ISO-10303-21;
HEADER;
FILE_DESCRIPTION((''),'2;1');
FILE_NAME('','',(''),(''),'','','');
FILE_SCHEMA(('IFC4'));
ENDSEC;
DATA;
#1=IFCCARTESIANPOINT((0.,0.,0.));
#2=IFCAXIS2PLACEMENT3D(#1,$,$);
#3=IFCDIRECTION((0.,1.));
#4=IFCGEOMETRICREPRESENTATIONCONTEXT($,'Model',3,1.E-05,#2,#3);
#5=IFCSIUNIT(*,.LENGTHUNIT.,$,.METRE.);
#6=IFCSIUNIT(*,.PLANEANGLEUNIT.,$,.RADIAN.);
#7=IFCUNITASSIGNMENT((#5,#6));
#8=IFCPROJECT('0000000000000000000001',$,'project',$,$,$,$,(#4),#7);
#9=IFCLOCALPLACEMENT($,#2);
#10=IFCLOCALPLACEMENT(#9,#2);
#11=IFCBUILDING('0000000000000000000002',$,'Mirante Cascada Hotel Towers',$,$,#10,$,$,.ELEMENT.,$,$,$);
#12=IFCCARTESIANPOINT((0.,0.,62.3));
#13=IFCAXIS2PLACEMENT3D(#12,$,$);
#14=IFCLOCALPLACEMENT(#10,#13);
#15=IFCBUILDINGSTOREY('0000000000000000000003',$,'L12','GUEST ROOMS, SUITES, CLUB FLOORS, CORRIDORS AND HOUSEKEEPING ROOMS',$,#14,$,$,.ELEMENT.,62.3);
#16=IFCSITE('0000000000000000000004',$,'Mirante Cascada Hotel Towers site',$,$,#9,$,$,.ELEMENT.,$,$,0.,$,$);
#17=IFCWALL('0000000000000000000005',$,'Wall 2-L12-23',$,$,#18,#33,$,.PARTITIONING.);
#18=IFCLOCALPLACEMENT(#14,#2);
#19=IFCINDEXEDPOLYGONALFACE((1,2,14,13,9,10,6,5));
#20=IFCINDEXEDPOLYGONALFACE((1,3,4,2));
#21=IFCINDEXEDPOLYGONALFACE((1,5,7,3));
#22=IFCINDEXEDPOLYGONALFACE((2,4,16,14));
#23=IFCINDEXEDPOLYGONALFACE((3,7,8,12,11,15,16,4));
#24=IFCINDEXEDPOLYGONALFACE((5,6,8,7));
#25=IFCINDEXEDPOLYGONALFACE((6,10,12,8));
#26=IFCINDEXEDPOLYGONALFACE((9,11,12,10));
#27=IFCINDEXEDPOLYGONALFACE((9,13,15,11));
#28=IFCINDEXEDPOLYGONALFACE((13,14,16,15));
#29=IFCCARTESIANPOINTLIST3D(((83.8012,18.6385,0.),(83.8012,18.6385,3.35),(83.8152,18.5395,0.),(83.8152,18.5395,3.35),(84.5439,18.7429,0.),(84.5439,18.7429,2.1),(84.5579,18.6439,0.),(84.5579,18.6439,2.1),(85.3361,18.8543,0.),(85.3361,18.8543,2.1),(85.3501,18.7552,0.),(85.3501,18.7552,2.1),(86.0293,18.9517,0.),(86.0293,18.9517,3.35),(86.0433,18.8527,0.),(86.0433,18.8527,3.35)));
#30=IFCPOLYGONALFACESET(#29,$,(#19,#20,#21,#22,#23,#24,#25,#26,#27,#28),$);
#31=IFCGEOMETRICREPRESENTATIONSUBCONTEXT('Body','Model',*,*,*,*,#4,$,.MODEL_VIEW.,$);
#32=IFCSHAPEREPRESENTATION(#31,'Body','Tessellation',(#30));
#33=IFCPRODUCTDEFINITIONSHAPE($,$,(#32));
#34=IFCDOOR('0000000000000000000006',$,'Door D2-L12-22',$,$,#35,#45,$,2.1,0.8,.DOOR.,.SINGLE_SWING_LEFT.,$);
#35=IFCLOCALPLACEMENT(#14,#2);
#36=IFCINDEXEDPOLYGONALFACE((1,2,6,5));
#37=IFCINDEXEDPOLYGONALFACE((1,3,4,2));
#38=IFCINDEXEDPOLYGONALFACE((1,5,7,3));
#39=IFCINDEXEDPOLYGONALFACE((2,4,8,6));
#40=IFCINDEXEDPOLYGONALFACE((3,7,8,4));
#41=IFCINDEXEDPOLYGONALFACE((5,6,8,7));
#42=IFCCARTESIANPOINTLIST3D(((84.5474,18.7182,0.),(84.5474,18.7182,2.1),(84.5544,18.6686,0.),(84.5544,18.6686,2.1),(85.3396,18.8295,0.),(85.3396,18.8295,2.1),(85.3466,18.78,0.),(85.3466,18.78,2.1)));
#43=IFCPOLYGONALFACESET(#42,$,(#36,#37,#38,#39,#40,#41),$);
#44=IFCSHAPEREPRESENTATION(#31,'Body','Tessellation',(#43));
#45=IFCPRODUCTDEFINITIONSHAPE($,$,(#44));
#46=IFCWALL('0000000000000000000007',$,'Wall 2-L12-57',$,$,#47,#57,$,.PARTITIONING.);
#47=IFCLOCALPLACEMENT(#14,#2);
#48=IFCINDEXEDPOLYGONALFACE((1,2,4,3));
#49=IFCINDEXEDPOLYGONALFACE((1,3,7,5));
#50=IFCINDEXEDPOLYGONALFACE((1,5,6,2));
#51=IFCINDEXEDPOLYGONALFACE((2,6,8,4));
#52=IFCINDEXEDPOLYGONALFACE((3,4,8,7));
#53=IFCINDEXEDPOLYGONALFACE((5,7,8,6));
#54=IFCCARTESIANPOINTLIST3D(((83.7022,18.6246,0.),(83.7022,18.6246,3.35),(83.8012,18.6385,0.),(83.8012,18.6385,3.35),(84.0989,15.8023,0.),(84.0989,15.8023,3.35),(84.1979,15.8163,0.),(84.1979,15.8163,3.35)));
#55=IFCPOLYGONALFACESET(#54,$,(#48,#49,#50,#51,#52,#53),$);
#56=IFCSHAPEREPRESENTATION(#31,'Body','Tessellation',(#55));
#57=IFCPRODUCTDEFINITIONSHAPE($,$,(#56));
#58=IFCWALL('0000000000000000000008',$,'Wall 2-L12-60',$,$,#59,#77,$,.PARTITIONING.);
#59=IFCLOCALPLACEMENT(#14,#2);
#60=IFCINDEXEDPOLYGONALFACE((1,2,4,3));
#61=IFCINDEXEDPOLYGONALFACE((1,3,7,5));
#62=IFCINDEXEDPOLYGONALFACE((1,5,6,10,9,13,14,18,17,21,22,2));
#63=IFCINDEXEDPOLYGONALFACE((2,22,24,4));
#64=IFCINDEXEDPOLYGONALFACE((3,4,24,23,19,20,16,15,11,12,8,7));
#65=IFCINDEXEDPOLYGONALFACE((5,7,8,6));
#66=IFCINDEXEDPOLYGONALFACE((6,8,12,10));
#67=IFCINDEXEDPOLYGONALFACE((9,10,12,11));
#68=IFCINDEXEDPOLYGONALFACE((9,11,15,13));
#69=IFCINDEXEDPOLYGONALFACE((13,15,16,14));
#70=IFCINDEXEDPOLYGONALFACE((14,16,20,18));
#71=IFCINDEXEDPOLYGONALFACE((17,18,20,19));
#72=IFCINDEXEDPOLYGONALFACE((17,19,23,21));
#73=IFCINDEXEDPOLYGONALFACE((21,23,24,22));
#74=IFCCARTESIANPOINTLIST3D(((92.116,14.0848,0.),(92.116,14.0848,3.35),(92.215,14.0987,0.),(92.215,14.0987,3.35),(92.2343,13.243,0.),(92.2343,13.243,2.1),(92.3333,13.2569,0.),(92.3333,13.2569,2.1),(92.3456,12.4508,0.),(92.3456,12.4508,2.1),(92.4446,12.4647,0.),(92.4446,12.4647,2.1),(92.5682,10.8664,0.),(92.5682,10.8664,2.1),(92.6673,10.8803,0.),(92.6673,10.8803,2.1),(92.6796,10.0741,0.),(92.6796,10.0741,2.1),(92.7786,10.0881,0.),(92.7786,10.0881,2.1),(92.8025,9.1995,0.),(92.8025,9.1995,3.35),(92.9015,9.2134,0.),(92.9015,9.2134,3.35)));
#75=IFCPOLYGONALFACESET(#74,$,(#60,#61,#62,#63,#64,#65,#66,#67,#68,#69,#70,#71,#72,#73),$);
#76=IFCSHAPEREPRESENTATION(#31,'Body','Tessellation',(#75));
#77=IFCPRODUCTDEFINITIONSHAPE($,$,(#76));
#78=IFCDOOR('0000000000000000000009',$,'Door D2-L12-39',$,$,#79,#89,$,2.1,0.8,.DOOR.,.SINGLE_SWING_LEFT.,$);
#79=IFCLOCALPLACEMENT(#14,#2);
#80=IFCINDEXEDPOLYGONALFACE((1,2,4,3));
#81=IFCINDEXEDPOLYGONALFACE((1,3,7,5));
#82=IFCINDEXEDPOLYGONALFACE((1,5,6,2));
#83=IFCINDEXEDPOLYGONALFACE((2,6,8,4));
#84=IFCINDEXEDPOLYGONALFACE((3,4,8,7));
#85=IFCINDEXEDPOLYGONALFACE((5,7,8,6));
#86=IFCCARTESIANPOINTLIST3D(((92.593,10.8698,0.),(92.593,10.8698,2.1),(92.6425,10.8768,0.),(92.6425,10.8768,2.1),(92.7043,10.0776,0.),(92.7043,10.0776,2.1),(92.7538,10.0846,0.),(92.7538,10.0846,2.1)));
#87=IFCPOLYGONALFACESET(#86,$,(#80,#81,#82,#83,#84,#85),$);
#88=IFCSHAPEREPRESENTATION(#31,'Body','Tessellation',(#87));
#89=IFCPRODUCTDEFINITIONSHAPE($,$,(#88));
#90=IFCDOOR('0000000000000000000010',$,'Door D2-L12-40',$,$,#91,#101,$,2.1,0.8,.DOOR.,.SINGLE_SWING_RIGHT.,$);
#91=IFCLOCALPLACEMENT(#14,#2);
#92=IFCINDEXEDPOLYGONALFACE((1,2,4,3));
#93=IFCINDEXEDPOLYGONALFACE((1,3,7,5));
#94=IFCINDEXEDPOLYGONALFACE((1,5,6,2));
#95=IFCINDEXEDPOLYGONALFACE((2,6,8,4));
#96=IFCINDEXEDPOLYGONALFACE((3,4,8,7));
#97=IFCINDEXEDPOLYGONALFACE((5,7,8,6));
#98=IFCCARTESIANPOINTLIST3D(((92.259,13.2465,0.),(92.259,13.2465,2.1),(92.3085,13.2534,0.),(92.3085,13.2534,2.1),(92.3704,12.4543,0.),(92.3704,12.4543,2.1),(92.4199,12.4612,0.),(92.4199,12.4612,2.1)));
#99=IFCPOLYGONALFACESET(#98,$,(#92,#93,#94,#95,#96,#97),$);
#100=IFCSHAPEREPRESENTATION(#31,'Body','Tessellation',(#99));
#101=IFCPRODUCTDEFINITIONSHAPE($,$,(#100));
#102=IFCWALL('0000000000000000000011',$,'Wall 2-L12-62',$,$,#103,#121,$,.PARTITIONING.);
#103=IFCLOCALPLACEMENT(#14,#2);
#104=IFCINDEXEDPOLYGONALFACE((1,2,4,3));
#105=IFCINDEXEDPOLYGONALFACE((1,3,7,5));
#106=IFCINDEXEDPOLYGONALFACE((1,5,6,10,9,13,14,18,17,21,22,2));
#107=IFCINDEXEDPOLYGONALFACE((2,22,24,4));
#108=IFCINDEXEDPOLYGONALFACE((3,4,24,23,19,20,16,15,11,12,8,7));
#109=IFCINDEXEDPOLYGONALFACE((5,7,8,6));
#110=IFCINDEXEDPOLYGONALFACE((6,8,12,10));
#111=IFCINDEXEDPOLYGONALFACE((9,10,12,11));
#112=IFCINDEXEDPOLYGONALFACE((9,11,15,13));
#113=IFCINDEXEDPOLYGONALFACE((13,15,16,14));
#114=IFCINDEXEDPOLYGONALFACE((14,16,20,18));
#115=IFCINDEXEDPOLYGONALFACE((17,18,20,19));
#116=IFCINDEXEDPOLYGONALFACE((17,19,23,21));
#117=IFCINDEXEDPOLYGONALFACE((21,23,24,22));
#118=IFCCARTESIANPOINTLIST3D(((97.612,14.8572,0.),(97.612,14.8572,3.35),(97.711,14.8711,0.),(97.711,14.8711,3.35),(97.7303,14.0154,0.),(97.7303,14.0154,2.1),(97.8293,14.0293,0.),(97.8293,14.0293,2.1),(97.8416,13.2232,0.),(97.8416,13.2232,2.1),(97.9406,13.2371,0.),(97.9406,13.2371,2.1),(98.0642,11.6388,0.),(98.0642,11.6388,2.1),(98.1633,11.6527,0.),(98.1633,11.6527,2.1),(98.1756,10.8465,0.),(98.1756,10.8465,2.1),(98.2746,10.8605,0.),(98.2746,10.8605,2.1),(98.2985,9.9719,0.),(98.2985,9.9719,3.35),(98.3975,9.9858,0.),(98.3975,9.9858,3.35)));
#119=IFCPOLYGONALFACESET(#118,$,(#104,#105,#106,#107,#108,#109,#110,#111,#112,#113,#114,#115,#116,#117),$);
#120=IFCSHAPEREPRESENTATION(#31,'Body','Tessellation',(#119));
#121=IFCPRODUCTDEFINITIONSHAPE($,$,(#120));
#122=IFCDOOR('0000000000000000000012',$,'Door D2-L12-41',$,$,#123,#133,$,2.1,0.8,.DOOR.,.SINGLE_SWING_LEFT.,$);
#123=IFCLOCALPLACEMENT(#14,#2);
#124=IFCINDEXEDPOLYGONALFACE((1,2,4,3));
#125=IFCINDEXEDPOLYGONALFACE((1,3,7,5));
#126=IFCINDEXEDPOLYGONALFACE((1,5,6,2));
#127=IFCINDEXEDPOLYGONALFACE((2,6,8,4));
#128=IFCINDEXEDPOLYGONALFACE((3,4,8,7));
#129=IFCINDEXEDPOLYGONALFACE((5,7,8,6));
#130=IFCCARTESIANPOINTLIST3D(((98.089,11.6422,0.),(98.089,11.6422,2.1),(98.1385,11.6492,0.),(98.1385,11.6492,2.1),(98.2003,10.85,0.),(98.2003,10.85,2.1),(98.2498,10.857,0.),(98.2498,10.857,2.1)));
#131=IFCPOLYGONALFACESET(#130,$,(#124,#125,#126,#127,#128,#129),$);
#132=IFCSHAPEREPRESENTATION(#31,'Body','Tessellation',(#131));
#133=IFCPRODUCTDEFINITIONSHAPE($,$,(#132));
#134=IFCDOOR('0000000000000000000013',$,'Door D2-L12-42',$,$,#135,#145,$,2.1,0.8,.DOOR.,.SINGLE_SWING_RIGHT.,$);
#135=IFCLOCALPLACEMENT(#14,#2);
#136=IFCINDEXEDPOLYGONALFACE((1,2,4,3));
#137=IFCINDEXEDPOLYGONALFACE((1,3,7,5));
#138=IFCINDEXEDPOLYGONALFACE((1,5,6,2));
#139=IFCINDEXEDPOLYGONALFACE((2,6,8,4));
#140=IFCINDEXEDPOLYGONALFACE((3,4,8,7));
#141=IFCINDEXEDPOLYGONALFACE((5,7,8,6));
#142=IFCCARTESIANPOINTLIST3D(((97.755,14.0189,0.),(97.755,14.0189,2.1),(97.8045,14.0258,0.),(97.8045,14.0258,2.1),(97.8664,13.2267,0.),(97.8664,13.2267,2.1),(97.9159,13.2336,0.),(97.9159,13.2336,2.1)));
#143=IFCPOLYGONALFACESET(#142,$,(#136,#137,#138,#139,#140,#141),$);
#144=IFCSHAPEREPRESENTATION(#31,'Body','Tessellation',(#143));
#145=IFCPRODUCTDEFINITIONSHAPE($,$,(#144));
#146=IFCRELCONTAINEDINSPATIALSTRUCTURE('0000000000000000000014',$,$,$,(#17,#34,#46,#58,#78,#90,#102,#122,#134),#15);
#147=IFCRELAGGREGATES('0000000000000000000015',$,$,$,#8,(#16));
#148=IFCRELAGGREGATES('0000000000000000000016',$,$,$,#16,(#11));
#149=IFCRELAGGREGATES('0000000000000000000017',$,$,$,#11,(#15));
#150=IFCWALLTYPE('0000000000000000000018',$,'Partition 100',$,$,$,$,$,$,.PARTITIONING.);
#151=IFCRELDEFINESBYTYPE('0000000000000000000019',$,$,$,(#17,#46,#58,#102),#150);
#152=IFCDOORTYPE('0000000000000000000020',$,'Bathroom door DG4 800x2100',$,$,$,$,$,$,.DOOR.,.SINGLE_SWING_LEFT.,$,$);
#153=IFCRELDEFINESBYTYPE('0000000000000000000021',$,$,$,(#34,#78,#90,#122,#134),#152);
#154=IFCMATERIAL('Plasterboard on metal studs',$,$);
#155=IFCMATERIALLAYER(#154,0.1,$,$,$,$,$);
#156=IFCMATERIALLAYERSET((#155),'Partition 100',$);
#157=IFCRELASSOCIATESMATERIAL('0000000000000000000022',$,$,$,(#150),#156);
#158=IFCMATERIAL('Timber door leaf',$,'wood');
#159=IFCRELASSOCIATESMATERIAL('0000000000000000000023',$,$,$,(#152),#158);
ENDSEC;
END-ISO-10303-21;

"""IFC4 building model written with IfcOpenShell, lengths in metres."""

from ifc_helpers import new_model, si_unit, direction, frame, frame_2d, origin, place, context, subcontext, project, spatial, rectangle, extrude, material, layer, layer_set, type_object, element, fill, save


model = new_model("IFC4")

# Units and contexts
model_context = context("Model", 3, precision=1e-05, world=origin(), true_north=direction((0.0, 1.0)))
body_context = subcontext(model_context, "Body", "Model", "MODEL_VIEW")
ifc_project = project(units=[si_unit("LENGTHUNIT", "METRE"), si_unit("PLANEANGLEUNIT", "RADIAN")], contexts=[model_context])

# Site, building, storey
site_placement = place(None, origin())
site = spatial("IfcSite", under=ifc_project, at=site_placement, Name="Mirante Cascada Hotel Towers site", CompositionType="ELEMENT", RefElevation=0.0)
building_placement = place(site_placement, origin())
building = spatial("IfcBuilding", under=site, at=building_placement, Name="Mirante Cascada Hotel Towers", CompositionType="ELEMENT")
storey_placement = place(building_placement, frame((0.0, 0.0, 62.3)))
storey = spatial("IfcBuildingStorey", under=building, at=storey_placement, Name="L12", Description="GUEST ROOMS, SUITES, CLUB FLOORS, CORRIDORS AND HOUSEKEEPING ROOMS", CompositionType="ELEMENT", Elevation=62.3)

# Shared definitions
ifc_material_1 = material(Name="Plasterboard on metal studs")
ifc_layer_1 = layer(ifc_material_1, 0.1)
ifc_layer_set_1 = layer_set([ifc_layer_1], Name="Partition 100")
wall_type_1 = type_object("IfcWallType", Name="Partition 100", PredefinedType="PARTITIONING", material=ifc_layer_set_1)

# Wall, opening, door
wall_1_placement = place(storey_placement, frame((83.8082, 18.589, 0.0), z_axis=(0.0, 0.0, 1.0), x_axis=(0.990264, 0.1392, 0.0)))
wall_1 = element("IfcWall", 1, at=wall_1_placement, inside=storey, type_object=wall_type_1, Name="Wall 2-L12-23", PredefinedType="PARTITIONING", context=body_context, shape_type="SweptSolid", body=[
    extrude(rectangle(XDim=2.25, YDim=0.1, at=frame_2d((1.125, 0.0))), origin(), (0.0, 0.0, 1.0), 3.35),
])
opening_1_placement = place(wall_1_placement, frame((0.75, 0.0, 0.0)))
opening_1 = element("IfcOpeningElement", 2, at=opening_1_placement, cuts=wall_1, PredefinedType="OPENING", context=body_context, shape_type="SweptSolid", body=[
    extrude(rectangle(XDim=0.8, YDim=2.1, at=frame_2d((0.4, 1.05))), frame((0.0, 0.05, 0.0), z_axis=(0.0, -1.0, 0.0), x_axis=(1.0, 0.0, 0.0)), (0.0, 0.0, 1.0), 0.1),
])
ifc_material_2 = material(Name="Timber door leaf", Category="wood")
door_type_1 = type_object("IfcDoorType", Name="Bathroom door DG4 800x2100", OperationType="SINGLE_SWING_LEFT", PredefinedType="DOOR", material=ifc_material_2)
door_1_placement = place(opening_1_placement, origin())
door_1 = element("IfcDoor", 3, at=door_1_placement, inside=storey, type_object=door_type_1, Name="Door D2-L12-22", OperationType="SINGLE_SWING_LEFT", OverallHeight=2.1, OverallWidth=0.8, PredefinedType="DOOR", context=body_context, shape_type="SweptSolid", body=[
    extrude(rectangle(XDim=0.8, YDim=2.1, at=frame_2d((0.4, 1.05))), frame((0.0, 0.025, 0.0), z_axis=(0.0, -1.0, 0.0), x_axis=(1.0, 0.0, 0.0)), (0.0, 0.0, 1.0), 0.05),
])
fill(opening_1, door_1)

# Wall
wall_2_placement = place(storey_placement, frame((84.1484, 15.8093, 0.0), z_axis=(0.0, 0.0, 1.0), x_axis=(-0.139191, 0.990266, 0.0)))
element("IfcWall", 4, at=wall_2_placement, inside=storey, type_object=wall_type_1, Name="Wall 2-L12-57", PredefinedType="PARTITIONING", context=body_context, shape_type="SweptSolid", body=[
    extrude(rectangle(XDim=2.85, YDim=0.1, at=frame_2d((1.425, 0.0))), origin(), (0.0, 0.0, 1.0), 3.35),
])

# Walls, openings, doors
wall_3_placement = place(storey_placement, frame((92.1655, 14.0917, 0.0), z_axis=(0.0, 0.0, 1.0), x_axis=(0.139156, -0.99027, 0.0)))
wall_3 = element("IfcWall", 5, at=wall_3_placement, inside=storey, type_object=wall_type_1, Name="Wall 2-L12-60", PredefinedType="PARTITIONING", context=body_context, shape_type="SweptSolid", body=[
    extrude(rectangle(XDim=4.9333, YDim=0.1, at=frame_2d((2.4666, 0.0))), origin(), (0.0, 0.0, 1.0), 3.35),
])
opening_2_placement = place(wall_3_placement, frame((3.25, 0.0, 0.0)))
opening_2 = element("IfcOpeningElement", 6, at=opening_2_placement, cuts=wall_3, PredefinedType="OPENING", context=body_context, shape_type="SweptSolid", body=[
    extrude(rectangle(XDim=0.8, YDim=2.1, at=frame_2d((0.4, 1.05))), frame((0.0, 0.05, 0.0), z_axis=(0.0, -1.0, 0.0), x_axis=(1.0, 0.0, 0.0)), (0.0, 0.0, 1.0), 0.1),
])
opening_3_placement = place(wall_3_placement, frame((0.85, 0.0, 0.0)))
opening_3 = element("IfcOpeningElement", 7, at=opening_3_placement, cuts=wall_3, PredefinedType="OPENING", context=body_context, shape_type="SweptSolid", body=[
    extrude(rectangle(XDim=0.8, YDim=2.1, at=frame_2d((0.4, 1.05))), frame((0.0, 0.05, 0.0), z_axis=(0.0, -1.0, 0.0), x_axis=(1.0, 0.0, 0.0)), (0.0, 0.0, 1.0), 0.1),
])
door_2_placement = place(opening_2_placement, origin())
door_2 = element("IfcDoor", 8, at=door_2_placement, inside=storey, type_object=door_type_1, Name="Door D2-L12-39", OperationType="SINGLE_SWING_LEFT", OverallHeight=2.1, OverallWidth=0.8, PredefinedType="DOOR", context=body_context, shape_type="SweptSolid", body=[
    extrude(rectangle(XDim=0.8, YDim=2.1, at=frame_2d((0.4, 1.05))), frame((0.0, 0.025, 0.0), z_axis=(0.0, -1.0, 0.0), x_axis=(1.0, 0.0, 0.0)), (0.0, 0.0, 1.0), 0.05),
])
fill(opening_2, door_2)
door_3_placement = place(opening_3_placement, frame((0.8, 0.0, 0.0), z_axis=(0.0, 0.0, 1.0), x_axis=(-1.0, 0.0, 0.0)))
door_3 = element("IfcDoor", 9, at=door_3_placement, inside=storey, type_object=door_type_1, Name="Door D2-L12-40", OperationType="SINGLE_SWING_RIGHT", OverallHeight=2.1, OverallWidth=0.8, PredefinedType="DOOR", context=body_context, shape_type="SweptSolid", body=[
    extrude(rectangle(XDim=0.8, YDim=2.1, at=frame_2d((0.4, 1.05))), frame((0.0, 0.025, 0.0), z_axis=(0.0, -1.0, 0.0), x_axis=(1.0, 0.0, 0.0)), (0.0, 0.0, 1.0), 0.05),
])
fill(opening_3, door_3)
wall_4_placement = place(storey_placement, frame((97.6615, 14.8641, 0.0), z_axis=(0.0, 0.0, 1.0), x_axis=(0.139156, -0.99027, 0.0)))
wall_4 = element("IfcWall", 10, at=wall_4_placement, inside=storey, type_object=wall_type_1, Name="Wall 2-L12-62", PredefinedType="PARTITIONING", context=body_context, shape_type="SweptSolid", body=[
    extrude(rectangle(XDim=4.9333, YDim=0.1, at=frame_2d((2.4666, 0.0))), origin(), (0.0, 0.0, 1.0), 3.35),
])
opening_4_placement = place(wall_4_placement, frame((3.25, 0.0, 0.0)))
opening_4 = element("IfcOpeningElement", 11, at=opening_4_placement, cuts=wall_4, PredefinedType="OPENING", context=body_context, shape_type="SweptSolid", body=[
    extrude(rectangle(XDim=0.8, YDim=2.1, at=frame_2d((0.4, 1.05))), frame((0.0, 0.05, 0.0), z_axis=(0.0, -1.0, 0.0), x_axis=(1.0, 0.0, 0.0)), (0.0, 0.0, 1.0), 0.1),
])
opening_5_placement = place(wall_4_placement, frame((0.85, 0.0, 0.0)))
opening_5 = element("IfcOpeningElement", 12, at=opening_5_placement, cuts=wall_4, PredefinedType="OPENING", context=body_context, shape_type="SweptSolid", body=[
    extrude(rectangle(XDim=0.8, YDim=2.1, at=frame_2d((0.4, 1.05))), frame((0.0, 0.05, 0.0), z_axis=(0.0, -1.0, 0.0), x_axis=(1.0, 0.0, 0.0)), (0.0, 0.0, 1.0), 0.1),
])
door_4_placement = place(opening_4_placement, origin())
door_4 = element("IfcDoor", 13, at=door_4_placement, inside=storey, type_object=door_type_1, Name="Door D2-L12-41", OperationType="SINGLE_SWING_LEFT", OverallHeight=2.1, OverallWidth=0.8, PredefinedType="DOOR", context=body_context, shape_type="SweptSolid", body=[
    extrude(rectangle(XDim=0.8, YDim=2.1, at=frame_2d((0.4, 1.05))), frame((0.0, 0.025, 0.0), z_axis=(0.0, -1.0, 0.0), x_axis=(1.0, 0.0, 0.0)), (0.0, 0.0, 1.0), 0.05),
])
fill(opening_4, door_4)
door_5_placement = place(opening_5_placement, frame((0.8, 0.0, 0.0), z_axis=(0.0, 0.0, 1.0), x_axis=(-1.0, 0.0, 0.0)))
door_5 = element("IfcDoor", 14, at=door_5_placement, inside=storey, type_object=door_type_1, Name="Door D2-L12-42", OperationType="SINGLE_SWING_RIGHT", OverallHeight=2.1, OverallWidth=0.8, PredefinedType="DOOR", context=body_context, shape_type="SweptSolid", body=[
    extrude(rectangle(XDim=0.8, YDim=2.1, at=frame_2d((0.4, 1.05))), frame((0.0, 0.025, 0.0), z_axis=(0.0, -1.0, 0.0), x_axis=(1.0, 0.0, 0.0)), (0.0, 0.0, 1.0), 0.05),
])
fill(opening_5, door_5)

save(model, "model.ifc")
